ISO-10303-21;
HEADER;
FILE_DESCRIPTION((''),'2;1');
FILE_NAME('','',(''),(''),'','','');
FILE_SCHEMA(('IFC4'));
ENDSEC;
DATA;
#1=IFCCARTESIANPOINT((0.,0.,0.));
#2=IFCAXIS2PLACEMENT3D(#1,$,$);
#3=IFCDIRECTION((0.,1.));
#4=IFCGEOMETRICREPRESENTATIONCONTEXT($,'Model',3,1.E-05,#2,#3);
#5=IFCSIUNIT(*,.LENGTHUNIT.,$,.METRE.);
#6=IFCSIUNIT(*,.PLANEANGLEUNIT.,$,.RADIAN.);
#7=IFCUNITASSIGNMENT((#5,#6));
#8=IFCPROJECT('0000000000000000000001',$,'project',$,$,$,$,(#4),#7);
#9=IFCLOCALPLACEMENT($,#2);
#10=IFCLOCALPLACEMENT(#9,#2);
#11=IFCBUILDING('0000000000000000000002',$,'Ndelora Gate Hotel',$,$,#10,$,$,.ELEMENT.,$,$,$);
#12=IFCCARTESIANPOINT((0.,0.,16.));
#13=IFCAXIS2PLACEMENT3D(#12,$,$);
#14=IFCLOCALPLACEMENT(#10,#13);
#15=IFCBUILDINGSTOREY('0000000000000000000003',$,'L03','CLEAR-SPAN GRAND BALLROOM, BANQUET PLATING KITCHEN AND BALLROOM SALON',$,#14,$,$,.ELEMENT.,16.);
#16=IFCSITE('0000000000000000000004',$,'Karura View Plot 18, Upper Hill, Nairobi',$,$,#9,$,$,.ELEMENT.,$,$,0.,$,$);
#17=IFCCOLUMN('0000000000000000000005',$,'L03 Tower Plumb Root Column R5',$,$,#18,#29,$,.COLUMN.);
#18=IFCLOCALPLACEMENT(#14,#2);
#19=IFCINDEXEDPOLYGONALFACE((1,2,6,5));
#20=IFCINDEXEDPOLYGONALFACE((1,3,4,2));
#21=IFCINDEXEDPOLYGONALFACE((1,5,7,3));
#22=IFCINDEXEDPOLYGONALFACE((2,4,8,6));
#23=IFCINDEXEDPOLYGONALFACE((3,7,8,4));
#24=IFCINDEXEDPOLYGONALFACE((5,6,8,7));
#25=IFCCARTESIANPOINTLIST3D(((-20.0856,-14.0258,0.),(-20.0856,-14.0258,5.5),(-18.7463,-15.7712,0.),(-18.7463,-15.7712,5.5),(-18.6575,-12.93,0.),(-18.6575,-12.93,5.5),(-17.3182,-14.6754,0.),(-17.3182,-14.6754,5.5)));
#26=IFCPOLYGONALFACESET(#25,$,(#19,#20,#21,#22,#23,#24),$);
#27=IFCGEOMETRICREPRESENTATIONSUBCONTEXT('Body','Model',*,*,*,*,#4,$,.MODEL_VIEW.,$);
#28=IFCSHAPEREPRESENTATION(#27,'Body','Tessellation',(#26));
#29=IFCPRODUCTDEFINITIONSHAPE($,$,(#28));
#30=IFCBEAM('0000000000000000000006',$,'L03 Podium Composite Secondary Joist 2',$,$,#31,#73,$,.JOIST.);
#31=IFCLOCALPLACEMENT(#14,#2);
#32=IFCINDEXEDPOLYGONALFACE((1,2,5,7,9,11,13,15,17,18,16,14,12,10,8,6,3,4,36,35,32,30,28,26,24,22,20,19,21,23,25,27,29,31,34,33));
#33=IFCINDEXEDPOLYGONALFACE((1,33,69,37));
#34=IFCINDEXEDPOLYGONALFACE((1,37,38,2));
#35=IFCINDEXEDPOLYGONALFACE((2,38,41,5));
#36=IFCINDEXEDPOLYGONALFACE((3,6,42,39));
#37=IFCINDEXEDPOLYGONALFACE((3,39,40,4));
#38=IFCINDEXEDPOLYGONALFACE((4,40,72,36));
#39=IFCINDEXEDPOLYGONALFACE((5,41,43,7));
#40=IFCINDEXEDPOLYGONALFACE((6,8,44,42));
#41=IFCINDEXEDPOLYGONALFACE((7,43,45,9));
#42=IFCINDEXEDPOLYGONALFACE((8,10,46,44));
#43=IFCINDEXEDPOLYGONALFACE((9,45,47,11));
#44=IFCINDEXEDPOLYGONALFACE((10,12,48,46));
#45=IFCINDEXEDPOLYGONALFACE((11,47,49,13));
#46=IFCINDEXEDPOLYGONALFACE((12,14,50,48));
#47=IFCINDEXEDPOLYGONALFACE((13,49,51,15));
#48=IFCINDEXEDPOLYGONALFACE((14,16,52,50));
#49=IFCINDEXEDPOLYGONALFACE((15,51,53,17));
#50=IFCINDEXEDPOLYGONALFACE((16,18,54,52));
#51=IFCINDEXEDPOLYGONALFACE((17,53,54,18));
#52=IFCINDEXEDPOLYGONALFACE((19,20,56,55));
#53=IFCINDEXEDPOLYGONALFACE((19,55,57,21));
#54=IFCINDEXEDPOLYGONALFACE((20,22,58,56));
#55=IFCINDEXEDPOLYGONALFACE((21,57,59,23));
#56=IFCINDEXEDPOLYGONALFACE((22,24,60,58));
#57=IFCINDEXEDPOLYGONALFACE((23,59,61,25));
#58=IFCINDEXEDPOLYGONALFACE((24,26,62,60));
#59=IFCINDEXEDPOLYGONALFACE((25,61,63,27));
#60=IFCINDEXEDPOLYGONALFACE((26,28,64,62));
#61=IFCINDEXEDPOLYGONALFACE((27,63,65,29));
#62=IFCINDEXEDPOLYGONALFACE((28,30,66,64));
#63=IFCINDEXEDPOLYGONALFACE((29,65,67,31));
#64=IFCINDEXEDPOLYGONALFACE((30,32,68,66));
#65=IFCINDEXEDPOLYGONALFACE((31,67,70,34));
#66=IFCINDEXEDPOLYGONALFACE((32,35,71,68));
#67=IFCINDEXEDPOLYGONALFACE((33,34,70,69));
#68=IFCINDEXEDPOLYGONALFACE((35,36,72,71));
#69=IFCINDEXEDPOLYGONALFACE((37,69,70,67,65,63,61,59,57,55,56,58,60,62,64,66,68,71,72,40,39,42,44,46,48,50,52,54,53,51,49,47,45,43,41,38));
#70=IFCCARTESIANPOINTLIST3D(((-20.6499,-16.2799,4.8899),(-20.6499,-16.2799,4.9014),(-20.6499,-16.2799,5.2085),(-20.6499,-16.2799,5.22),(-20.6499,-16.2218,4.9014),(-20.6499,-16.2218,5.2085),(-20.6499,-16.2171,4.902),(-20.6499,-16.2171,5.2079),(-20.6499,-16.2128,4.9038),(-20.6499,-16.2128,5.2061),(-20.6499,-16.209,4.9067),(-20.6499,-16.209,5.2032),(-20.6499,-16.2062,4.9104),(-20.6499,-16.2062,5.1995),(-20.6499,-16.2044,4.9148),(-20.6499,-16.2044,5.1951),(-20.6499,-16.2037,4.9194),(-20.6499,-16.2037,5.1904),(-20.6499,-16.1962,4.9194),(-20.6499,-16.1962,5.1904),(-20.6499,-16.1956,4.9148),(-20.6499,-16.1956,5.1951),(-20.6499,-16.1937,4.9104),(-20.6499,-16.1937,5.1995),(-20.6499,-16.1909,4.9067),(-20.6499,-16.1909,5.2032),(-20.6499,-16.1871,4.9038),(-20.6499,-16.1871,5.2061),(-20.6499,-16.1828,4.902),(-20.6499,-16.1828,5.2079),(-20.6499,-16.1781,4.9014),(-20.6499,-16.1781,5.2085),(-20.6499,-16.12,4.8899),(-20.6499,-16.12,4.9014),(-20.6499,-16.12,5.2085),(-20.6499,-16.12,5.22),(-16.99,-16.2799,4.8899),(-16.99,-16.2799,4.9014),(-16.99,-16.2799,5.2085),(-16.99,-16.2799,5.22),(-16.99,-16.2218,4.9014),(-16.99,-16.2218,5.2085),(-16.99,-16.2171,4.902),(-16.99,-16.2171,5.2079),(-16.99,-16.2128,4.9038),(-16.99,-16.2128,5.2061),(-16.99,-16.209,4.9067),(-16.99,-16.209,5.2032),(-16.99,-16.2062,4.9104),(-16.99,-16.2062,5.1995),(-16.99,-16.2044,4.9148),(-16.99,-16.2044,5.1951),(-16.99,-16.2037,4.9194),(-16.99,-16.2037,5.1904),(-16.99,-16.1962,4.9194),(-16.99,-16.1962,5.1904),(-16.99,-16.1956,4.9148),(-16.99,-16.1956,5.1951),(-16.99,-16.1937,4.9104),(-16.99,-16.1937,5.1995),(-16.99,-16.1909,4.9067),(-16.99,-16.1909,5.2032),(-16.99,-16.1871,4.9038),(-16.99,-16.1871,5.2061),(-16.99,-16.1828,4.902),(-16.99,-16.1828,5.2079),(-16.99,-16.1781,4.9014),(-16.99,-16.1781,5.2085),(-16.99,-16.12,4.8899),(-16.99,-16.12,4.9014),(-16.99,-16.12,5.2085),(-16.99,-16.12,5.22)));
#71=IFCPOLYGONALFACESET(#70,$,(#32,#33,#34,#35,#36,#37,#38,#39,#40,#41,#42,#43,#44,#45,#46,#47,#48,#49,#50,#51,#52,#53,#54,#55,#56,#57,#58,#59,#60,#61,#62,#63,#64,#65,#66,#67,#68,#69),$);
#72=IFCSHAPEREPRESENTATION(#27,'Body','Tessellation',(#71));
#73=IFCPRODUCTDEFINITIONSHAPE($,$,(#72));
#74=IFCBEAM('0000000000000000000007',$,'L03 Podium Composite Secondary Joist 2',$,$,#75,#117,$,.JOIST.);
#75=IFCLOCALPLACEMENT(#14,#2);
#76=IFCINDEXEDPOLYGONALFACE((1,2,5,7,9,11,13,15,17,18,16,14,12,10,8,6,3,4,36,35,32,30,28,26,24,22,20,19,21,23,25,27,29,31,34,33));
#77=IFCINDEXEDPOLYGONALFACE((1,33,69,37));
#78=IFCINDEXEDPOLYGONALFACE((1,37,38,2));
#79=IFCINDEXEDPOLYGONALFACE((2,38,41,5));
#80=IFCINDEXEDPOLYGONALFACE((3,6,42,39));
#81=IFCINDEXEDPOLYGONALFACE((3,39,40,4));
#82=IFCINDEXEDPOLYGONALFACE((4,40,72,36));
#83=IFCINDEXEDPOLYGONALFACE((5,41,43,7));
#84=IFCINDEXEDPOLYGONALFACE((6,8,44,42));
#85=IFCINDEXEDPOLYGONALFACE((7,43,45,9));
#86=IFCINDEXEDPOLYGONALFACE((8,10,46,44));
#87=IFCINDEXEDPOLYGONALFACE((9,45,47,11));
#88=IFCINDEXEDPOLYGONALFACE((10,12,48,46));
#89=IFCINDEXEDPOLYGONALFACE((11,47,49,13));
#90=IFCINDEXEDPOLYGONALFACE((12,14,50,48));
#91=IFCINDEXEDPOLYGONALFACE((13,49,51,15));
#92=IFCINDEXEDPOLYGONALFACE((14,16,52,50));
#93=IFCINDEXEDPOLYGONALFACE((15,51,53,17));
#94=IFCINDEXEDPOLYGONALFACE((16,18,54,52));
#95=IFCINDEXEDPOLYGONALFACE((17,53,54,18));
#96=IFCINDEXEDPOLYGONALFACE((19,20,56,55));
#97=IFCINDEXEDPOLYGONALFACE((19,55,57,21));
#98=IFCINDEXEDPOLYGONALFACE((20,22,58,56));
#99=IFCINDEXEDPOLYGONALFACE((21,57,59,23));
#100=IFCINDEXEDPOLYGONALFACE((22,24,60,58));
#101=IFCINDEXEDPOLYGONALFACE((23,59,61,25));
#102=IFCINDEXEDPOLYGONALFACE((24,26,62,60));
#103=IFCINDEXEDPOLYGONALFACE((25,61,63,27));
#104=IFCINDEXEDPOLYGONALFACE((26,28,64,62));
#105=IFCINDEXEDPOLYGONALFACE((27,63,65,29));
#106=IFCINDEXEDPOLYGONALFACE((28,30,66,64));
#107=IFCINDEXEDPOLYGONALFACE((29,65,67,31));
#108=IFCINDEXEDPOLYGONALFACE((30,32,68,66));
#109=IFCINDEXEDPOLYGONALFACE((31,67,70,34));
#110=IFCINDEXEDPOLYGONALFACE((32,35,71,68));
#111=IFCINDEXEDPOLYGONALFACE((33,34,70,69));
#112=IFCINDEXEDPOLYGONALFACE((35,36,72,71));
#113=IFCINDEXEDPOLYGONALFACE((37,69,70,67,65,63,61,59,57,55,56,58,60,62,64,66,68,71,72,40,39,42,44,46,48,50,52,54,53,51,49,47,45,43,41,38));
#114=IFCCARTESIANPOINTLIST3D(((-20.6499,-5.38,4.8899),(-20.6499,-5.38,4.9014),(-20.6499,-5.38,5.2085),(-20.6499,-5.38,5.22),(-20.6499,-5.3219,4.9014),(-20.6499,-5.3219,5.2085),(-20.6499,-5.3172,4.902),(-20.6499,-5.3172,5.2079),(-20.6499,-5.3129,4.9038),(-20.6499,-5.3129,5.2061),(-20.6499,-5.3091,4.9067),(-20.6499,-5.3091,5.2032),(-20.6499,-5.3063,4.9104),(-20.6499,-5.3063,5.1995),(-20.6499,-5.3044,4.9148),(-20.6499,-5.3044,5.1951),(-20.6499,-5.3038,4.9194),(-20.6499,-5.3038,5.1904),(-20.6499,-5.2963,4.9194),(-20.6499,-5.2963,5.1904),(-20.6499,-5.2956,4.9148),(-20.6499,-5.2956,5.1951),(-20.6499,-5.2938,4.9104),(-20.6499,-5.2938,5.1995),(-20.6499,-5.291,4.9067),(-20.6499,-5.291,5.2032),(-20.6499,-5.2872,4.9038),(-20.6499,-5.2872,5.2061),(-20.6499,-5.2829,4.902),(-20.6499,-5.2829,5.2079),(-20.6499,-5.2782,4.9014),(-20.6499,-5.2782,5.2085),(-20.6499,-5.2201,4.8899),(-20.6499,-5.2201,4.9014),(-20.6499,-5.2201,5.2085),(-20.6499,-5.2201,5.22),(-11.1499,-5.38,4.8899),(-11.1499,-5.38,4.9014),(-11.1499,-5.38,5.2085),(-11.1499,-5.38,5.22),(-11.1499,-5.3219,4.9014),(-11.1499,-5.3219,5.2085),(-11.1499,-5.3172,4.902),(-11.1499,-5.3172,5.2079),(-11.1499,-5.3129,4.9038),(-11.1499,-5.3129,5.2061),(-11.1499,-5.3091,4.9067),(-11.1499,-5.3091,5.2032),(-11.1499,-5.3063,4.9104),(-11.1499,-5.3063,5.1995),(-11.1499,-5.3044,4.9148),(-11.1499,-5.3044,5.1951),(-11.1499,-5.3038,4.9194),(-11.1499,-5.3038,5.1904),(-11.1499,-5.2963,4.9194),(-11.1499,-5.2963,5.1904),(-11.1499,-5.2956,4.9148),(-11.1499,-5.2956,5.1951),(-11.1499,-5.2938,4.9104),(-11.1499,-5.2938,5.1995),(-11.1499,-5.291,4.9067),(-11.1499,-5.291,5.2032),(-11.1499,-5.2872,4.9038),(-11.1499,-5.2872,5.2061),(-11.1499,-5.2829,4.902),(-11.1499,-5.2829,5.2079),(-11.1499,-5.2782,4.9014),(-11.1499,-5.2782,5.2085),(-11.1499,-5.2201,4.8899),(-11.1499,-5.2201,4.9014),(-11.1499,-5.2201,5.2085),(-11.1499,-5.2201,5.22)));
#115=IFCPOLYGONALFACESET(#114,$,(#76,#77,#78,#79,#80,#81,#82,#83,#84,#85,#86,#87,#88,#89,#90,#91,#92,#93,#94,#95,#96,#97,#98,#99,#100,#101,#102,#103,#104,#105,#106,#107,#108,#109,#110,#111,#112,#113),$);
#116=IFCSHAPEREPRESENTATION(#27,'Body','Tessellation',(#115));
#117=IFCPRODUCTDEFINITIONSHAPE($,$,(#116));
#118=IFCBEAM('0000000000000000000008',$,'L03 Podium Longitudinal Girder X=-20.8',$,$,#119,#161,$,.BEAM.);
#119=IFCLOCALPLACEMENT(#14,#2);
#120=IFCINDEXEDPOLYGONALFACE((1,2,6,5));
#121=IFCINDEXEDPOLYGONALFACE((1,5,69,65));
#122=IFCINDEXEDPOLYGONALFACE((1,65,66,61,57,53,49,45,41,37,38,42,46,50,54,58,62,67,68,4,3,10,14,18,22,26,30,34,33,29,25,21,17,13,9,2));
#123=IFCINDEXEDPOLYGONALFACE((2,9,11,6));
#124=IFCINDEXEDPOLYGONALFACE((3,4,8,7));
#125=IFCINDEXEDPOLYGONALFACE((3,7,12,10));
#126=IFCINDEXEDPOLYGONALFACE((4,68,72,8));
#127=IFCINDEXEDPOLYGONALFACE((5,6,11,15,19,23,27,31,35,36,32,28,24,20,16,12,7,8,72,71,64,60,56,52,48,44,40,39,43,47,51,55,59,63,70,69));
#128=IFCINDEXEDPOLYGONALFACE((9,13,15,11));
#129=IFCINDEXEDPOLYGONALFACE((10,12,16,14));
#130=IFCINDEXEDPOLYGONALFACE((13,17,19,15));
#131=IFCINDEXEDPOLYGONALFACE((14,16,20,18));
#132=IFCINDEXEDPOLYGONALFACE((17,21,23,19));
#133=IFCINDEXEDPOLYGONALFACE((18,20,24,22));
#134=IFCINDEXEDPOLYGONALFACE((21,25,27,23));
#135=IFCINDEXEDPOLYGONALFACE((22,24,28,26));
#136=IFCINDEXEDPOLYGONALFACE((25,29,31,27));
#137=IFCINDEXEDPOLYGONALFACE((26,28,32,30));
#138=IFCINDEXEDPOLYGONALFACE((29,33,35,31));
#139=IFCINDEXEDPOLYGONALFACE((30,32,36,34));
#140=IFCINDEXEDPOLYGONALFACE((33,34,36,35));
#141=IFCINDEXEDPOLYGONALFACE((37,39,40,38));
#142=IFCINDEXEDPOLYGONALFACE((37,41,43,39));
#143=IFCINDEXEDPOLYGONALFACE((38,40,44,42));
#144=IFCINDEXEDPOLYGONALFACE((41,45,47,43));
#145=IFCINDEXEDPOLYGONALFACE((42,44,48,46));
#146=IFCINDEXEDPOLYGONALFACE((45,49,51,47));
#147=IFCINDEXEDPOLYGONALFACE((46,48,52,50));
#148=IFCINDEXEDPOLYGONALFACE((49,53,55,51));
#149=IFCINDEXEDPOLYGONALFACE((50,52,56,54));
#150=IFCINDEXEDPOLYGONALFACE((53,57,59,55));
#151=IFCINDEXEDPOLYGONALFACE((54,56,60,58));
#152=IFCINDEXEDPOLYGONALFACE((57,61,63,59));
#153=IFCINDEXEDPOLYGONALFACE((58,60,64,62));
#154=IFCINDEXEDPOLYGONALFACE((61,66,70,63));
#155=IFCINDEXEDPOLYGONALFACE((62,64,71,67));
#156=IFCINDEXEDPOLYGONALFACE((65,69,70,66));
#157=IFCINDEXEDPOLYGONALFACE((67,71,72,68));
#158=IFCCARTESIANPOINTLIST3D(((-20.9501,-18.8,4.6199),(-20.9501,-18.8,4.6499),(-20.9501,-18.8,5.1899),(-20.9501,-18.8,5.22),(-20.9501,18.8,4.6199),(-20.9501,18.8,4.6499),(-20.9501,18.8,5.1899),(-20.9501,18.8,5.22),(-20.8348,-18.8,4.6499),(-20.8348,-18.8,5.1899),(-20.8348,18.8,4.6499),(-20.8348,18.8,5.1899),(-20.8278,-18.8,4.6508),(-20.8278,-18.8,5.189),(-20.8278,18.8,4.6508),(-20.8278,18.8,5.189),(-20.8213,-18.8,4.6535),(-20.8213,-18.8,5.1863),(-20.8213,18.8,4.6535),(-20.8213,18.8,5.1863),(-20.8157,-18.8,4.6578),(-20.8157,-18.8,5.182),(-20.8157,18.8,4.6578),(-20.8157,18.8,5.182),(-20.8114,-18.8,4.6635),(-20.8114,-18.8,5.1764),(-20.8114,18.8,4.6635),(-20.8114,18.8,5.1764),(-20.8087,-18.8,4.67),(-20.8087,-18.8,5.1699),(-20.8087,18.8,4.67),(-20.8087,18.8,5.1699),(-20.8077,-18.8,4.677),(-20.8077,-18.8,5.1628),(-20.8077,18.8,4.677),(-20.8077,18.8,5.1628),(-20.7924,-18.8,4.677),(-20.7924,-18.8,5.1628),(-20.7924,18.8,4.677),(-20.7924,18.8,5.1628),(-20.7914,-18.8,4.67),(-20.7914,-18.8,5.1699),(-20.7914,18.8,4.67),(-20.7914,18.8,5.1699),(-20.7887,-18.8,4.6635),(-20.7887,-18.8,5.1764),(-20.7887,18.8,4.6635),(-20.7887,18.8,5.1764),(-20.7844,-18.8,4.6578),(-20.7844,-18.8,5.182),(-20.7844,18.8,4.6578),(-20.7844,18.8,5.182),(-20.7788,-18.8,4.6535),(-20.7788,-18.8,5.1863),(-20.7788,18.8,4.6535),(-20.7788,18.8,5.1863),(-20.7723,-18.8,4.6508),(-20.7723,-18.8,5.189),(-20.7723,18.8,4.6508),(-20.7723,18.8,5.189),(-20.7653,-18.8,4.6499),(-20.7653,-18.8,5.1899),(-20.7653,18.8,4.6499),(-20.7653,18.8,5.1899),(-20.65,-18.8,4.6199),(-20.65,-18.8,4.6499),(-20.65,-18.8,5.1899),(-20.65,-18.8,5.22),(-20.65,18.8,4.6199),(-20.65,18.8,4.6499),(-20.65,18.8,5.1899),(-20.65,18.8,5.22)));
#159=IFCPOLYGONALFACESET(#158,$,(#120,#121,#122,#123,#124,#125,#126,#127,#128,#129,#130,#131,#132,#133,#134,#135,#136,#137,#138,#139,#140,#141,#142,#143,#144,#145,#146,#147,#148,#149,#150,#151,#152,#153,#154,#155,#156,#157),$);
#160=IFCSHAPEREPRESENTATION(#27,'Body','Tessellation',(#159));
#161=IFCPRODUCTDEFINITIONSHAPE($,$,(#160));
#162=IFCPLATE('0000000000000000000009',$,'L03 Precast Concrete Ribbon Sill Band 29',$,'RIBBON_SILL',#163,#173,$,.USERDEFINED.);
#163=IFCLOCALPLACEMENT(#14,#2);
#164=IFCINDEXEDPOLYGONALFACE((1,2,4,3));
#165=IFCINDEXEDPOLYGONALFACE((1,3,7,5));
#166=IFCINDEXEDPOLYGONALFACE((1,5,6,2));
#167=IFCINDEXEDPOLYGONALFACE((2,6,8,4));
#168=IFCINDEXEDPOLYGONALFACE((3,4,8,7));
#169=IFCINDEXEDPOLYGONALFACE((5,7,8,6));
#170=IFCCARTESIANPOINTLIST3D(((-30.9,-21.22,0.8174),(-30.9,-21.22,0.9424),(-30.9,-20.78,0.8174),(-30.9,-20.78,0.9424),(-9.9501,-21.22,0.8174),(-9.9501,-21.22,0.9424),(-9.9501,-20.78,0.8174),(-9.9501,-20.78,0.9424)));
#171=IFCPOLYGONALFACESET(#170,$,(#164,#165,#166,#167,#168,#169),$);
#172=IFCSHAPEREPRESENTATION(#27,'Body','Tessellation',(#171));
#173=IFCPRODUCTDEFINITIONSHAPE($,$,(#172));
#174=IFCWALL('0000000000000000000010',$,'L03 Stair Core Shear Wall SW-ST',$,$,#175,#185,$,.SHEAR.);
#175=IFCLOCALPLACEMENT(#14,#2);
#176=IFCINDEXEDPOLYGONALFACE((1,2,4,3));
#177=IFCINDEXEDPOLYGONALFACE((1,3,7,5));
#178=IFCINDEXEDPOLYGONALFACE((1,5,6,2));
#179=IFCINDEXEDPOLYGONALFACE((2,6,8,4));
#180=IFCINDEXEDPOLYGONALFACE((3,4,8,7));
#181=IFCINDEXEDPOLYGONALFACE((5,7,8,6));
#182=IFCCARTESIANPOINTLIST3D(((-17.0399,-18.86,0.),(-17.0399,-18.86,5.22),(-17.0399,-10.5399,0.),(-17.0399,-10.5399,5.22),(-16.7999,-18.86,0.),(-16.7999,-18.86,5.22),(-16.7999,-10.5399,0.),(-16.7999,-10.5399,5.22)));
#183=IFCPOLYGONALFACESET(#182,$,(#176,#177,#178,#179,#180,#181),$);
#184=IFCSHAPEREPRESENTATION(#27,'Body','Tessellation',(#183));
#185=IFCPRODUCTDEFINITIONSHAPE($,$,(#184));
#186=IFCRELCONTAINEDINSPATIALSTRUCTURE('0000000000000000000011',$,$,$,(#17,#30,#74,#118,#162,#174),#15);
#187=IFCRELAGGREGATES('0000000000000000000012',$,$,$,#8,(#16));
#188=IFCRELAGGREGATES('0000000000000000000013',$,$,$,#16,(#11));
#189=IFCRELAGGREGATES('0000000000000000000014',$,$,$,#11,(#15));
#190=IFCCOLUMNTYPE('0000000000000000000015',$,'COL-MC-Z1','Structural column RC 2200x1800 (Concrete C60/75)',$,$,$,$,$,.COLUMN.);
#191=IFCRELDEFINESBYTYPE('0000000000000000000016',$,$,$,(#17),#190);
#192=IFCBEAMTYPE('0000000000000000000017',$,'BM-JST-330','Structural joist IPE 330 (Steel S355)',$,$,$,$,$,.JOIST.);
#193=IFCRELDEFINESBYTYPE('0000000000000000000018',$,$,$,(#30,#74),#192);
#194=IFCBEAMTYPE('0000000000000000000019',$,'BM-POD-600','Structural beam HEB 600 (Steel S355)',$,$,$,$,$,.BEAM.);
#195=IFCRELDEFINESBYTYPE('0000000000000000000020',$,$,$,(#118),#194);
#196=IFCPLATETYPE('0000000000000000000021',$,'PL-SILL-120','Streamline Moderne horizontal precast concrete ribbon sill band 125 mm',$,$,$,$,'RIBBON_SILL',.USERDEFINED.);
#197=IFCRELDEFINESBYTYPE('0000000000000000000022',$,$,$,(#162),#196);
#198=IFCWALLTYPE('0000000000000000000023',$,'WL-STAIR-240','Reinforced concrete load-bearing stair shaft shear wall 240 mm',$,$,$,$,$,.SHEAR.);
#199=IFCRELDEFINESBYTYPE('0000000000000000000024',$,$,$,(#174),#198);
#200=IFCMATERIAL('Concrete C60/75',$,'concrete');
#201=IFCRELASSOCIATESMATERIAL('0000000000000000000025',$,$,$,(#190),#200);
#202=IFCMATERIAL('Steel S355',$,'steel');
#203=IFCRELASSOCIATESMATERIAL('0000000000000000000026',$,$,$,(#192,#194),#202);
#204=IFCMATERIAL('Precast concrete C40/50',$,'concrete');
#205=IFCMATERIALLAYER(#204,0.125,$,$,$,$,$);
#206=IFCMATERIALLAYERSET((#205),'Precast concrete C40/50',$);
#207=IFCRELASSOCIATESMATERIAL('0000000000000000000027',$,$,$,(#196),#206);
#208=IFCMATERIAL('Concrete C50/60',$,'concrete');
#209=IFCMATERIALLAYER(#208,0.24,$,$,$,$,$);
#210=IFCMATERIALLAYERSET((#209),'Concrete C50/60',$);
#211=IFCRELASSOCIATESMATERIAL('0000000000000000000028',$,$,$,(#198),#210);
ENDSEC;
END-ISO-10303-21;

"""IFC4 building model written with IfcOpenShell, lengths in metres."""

from ifc_helpers import new_model, si_unit, direction, frame, frame_2d, origin, origin_2d, place, context, subcontext, project, spatial, rectangle, i_section, extrude, material, layer, layer_set, material_profile, profile_set, type_object, element, save


model = new_model("IFC4")

# Units and contexts
model_context = context("Model", 3, precision=1e-05, world=origin(), true_north=direction((0.0, 1.0)))
body_context = subcontext(model_context, "Body", "Model", "MODEL_VIEW")
ifc_project = project(units=[si_unit("LENGTHUNIT", "METRE"), si_unit("PLANEANGLEUNIT", "RADIAN")], contexts=[model_context])

# Site, building, storey
site_placement = place(None, origin())
site = spatial("IfcSite", under=ifc_project, at=site_placement, Name="Karura View Plot 18, Upper Hill, Nairobi", CompositionType="ELEMENT", RefElevation=0.0)
building_placement = place(site_placement, origin())
building = spatial("IfcBuilding", under=site, at=building_placement, Name="Ndelora Gate Hotel", CompositionType="ELEMENT")
storey_placement = place(building_placement, frame((0.0, 0.0, 16.0)))
storey = spatial("IfcBuildingStorey", under=building, at=storey_placement, Name="L03", Description="CLEAR-SPAN GRAND BALLROOM, BANQUET PLATING KITCHEN AND BALLROOM SALON", CompositionType="ELEMENT", Elevation=16.0)

# Column
ifc_material_1 = material(Name="Concrete C60/75", Category="concrete")
ifc_material_profile_1 = material_profile(ifc_material_1, rectangle(XDim=1.8, YDim=2.2, at=origin_2d()), Name="RC 2200x1800")
ifc_profile_set_1 = profile_set([ifc_material_profile_1], Name="Concrete C60/75")
column_type = type_object("IfcColumnType", Name="COL-MC-Z1", Description="Structural column RC 2200x1800 (Concrete C60/75)", PredefinedType="COLUMN", material=ifc_profile_set_1)
column_placement = place(storey_placement, frame((-18.7019, -14.3506, 0.0), z_axis=(0.0, 0.0, 1.0), x_axis=(0.793353, 0.608761, 0.0)))
element("IfcColumn", 1, at=column_placement, inside=storey, type_object=column_type, Name="L03 Tower Plumb Root Column R5", PredefinedType="COLUMN", context=body_context, shape_type="SweptSolid", body=[
    extrude(rectangle(XDim=1.8, YDim=2.2, at=origin_2d()), origin(), (0.0, 0.0, 1.0), 5.5),
])

# Beams
ifc_material_2 = material(Name="Steel S355", Category="steel")
ifc_material_profile_2 = material_profile(ifc_material_2, i_section(OverallWidth=0.1599, OverallDepth=0.3301, WebThickness=0.0076, FlangeThickness=0.0115, FilletRadius=0.0181, at=origin_2d()), Name="IPE 330")
ifc_profile_set_2 = profile_set([ifc_material_profile_2], Name="Steel S355")
beam_type_1 = type_object("IfcBeamType", Name="BM-JST-330", Description="Structural joist IPE 330 (Steel S355)", PredefinedType="JOIST", material=ifc_profile_set_2)
beam_1_placement = place(storey_placement, frame((-20.6499, -16.2, 5.0549), z_axis=(1.0, 0.0, 0.0), x_axis=(0.0, 1.0, 0.0)))
element("IfcBeam", 2, at=beam_1_placement, inside=storey, type_object=beam_type_1, Name="L03 Podium Composite Secondary Joist 2", PredefinedType="JOIST", context=body_context, shape_type="SweptSolid", body=[
    extrude(i_section(OverallWidth=0.1599, OverallDepth=0.3301, WebThickness=0.0076, FlangeThickness=0.0115, FilletRadius=0.0181, at=origin_2d()), origin(), (0.0, 0.0, 1.0), 3.6599),
])
beam_2_placement = place(storey_placement, frame((-20.6499, -5.3, 5.0549), z_axis=(1.0, 0.0, 0.0), x_axis=(0.0, 1.0, 0.0)))
element("IfcBeam", 3, at=beam_2_placement, inside=storey, type_object=beam_type_1, Name="L03 Podium Composite Secondary Joist 2", PredefinedType="JOIST", context=body_context, shape_type="SweptSolid", body=[
    extrude(i_section(OverallWidth=0.1599, OverallDepth=0.3301, WebThickness=0.0076, FlangeThickness=0.0115, FilletRadius=0.0181, at=origin_2d()), origin(), (0.0, 0.0, 1.0), 9.5),
])
ifc_material_profile_3 = material_profile(ifc_material_2, i_section(OverallWidth=0.3, OverallDepth=0.6001, WebThickness=0.0154, FlangeThickness=0.03, FilletRadius=0.0271, at=origin_2d()), Name="HEB 600")
ifc_profile_set_3 = profile_set([ifc_material_profile_3], Name="Steel S355")
beam_type_2 = type_object("IfcBeamType", Name="BM-POD-600", Description="Structural beam HEB 600 (Steel S355)", PredefinedType="BEAM", material=ifc_profile_set_3)
beam_3_placement = place(storey_placement, frame((-20.8, -18.8, 4.9199), z_axis=(0.0, 1.0, 0.0), x_axis=(-1.0, 0.0, 0.0)))
element("IfcBeam", 4, at=beam_3_placement, inside=storey, type_object=beam_type_2, Name="L03 Podium Longitudinal Girder X=-20.8", PredefinedType="BEAM", context=body_context, shape_type="SweptSolid", body=[
    extrude(i_section(OverallWidth=0.3, OverallDepth=0.6001, WebThickness=0.0154, FlangeThickness=0.03, FilletRadius=0.0271, at=origin_2d()), origin(), (0.0, 0.0, 1.0), 37.6001),
])

# Plate
ifc_material_3 = material(Name="Precast concrete C40/50", Category="concrete")
ifc_layer_1 = layer(ifc_material_3, 0.125)
ifc_layer_set_1 = layer_set([ifc_layer_1], Name="Precast concrete C40/50")
plate_type = type_object("IfcPlateType", Name="PL-SILL-120", Description="Streamline Moderne horizontal precast concrete ribbon sill band 125 mm", ElementType="RIBBON_SILL", PredefinedType="USERDEFINED", material=ifc_layer_set_1)
plate_placement = place(storey_placement, frame((-20.425, -21.0, 0.8174), z_axis=(0.0, 0.0, 1.0), x_axis=(1.0, 0.0, 0.0)))
element("IfcPlate", 5, at=plate_placement, inside=storey, type_object=plate_type, Name="L03 Precast Concrete Ribbon Sill Band 29", ObjectType="RIBBON_SILL", PredefinedType="USERDEFINED", context=body_context, shape_type="SweptSolid", body=[
    extrude(rectangle(XDim=20.95, YDim=0.4399, at=origin_2d()), origin(), (0.0, 0.0, 1.0), 0.125),
])

# Wall
ifc_material_4 = material(Name="Concrete C50/60", Category="concrete")
ifc_layer_2 = layer(ifc_material_4, 0.24)
ifc_layer_set_2 = layer_set([ifc_layer_2], Name="Concrete C50/60")
wall_type = type_object("IfcWallType", Name="WL-STAIR-240", Description="Reinforced concrete load-bearing stair shaft shear wall 240 mm", PredefinedType="SHEAR", material=ifc_layer_set_2)
wall_1_placement = place(storey_placement, frame((-16.9199, -18.8601, 0.0), z_axis=(0.0, 0.0, 1.0), x_axis=(0.0, 1.0, 0.0)))
element("IfcWall", 6, at=wall_1_placement, inside=storey, type_object=wall_type, Name="L03 Stair Core Shear Wall SW-ST", PredefinedType="SHEAR", context=body_context, shape_type="SweptSolid", body=[
    extrude(rectangle(XDim=8.3201, YDim=0.24, at=frame_2d((4.1602, 0.0))), origin(), (0.0, 0.0, 1.0), 5.22),
])

save(model, "model.ifc")
